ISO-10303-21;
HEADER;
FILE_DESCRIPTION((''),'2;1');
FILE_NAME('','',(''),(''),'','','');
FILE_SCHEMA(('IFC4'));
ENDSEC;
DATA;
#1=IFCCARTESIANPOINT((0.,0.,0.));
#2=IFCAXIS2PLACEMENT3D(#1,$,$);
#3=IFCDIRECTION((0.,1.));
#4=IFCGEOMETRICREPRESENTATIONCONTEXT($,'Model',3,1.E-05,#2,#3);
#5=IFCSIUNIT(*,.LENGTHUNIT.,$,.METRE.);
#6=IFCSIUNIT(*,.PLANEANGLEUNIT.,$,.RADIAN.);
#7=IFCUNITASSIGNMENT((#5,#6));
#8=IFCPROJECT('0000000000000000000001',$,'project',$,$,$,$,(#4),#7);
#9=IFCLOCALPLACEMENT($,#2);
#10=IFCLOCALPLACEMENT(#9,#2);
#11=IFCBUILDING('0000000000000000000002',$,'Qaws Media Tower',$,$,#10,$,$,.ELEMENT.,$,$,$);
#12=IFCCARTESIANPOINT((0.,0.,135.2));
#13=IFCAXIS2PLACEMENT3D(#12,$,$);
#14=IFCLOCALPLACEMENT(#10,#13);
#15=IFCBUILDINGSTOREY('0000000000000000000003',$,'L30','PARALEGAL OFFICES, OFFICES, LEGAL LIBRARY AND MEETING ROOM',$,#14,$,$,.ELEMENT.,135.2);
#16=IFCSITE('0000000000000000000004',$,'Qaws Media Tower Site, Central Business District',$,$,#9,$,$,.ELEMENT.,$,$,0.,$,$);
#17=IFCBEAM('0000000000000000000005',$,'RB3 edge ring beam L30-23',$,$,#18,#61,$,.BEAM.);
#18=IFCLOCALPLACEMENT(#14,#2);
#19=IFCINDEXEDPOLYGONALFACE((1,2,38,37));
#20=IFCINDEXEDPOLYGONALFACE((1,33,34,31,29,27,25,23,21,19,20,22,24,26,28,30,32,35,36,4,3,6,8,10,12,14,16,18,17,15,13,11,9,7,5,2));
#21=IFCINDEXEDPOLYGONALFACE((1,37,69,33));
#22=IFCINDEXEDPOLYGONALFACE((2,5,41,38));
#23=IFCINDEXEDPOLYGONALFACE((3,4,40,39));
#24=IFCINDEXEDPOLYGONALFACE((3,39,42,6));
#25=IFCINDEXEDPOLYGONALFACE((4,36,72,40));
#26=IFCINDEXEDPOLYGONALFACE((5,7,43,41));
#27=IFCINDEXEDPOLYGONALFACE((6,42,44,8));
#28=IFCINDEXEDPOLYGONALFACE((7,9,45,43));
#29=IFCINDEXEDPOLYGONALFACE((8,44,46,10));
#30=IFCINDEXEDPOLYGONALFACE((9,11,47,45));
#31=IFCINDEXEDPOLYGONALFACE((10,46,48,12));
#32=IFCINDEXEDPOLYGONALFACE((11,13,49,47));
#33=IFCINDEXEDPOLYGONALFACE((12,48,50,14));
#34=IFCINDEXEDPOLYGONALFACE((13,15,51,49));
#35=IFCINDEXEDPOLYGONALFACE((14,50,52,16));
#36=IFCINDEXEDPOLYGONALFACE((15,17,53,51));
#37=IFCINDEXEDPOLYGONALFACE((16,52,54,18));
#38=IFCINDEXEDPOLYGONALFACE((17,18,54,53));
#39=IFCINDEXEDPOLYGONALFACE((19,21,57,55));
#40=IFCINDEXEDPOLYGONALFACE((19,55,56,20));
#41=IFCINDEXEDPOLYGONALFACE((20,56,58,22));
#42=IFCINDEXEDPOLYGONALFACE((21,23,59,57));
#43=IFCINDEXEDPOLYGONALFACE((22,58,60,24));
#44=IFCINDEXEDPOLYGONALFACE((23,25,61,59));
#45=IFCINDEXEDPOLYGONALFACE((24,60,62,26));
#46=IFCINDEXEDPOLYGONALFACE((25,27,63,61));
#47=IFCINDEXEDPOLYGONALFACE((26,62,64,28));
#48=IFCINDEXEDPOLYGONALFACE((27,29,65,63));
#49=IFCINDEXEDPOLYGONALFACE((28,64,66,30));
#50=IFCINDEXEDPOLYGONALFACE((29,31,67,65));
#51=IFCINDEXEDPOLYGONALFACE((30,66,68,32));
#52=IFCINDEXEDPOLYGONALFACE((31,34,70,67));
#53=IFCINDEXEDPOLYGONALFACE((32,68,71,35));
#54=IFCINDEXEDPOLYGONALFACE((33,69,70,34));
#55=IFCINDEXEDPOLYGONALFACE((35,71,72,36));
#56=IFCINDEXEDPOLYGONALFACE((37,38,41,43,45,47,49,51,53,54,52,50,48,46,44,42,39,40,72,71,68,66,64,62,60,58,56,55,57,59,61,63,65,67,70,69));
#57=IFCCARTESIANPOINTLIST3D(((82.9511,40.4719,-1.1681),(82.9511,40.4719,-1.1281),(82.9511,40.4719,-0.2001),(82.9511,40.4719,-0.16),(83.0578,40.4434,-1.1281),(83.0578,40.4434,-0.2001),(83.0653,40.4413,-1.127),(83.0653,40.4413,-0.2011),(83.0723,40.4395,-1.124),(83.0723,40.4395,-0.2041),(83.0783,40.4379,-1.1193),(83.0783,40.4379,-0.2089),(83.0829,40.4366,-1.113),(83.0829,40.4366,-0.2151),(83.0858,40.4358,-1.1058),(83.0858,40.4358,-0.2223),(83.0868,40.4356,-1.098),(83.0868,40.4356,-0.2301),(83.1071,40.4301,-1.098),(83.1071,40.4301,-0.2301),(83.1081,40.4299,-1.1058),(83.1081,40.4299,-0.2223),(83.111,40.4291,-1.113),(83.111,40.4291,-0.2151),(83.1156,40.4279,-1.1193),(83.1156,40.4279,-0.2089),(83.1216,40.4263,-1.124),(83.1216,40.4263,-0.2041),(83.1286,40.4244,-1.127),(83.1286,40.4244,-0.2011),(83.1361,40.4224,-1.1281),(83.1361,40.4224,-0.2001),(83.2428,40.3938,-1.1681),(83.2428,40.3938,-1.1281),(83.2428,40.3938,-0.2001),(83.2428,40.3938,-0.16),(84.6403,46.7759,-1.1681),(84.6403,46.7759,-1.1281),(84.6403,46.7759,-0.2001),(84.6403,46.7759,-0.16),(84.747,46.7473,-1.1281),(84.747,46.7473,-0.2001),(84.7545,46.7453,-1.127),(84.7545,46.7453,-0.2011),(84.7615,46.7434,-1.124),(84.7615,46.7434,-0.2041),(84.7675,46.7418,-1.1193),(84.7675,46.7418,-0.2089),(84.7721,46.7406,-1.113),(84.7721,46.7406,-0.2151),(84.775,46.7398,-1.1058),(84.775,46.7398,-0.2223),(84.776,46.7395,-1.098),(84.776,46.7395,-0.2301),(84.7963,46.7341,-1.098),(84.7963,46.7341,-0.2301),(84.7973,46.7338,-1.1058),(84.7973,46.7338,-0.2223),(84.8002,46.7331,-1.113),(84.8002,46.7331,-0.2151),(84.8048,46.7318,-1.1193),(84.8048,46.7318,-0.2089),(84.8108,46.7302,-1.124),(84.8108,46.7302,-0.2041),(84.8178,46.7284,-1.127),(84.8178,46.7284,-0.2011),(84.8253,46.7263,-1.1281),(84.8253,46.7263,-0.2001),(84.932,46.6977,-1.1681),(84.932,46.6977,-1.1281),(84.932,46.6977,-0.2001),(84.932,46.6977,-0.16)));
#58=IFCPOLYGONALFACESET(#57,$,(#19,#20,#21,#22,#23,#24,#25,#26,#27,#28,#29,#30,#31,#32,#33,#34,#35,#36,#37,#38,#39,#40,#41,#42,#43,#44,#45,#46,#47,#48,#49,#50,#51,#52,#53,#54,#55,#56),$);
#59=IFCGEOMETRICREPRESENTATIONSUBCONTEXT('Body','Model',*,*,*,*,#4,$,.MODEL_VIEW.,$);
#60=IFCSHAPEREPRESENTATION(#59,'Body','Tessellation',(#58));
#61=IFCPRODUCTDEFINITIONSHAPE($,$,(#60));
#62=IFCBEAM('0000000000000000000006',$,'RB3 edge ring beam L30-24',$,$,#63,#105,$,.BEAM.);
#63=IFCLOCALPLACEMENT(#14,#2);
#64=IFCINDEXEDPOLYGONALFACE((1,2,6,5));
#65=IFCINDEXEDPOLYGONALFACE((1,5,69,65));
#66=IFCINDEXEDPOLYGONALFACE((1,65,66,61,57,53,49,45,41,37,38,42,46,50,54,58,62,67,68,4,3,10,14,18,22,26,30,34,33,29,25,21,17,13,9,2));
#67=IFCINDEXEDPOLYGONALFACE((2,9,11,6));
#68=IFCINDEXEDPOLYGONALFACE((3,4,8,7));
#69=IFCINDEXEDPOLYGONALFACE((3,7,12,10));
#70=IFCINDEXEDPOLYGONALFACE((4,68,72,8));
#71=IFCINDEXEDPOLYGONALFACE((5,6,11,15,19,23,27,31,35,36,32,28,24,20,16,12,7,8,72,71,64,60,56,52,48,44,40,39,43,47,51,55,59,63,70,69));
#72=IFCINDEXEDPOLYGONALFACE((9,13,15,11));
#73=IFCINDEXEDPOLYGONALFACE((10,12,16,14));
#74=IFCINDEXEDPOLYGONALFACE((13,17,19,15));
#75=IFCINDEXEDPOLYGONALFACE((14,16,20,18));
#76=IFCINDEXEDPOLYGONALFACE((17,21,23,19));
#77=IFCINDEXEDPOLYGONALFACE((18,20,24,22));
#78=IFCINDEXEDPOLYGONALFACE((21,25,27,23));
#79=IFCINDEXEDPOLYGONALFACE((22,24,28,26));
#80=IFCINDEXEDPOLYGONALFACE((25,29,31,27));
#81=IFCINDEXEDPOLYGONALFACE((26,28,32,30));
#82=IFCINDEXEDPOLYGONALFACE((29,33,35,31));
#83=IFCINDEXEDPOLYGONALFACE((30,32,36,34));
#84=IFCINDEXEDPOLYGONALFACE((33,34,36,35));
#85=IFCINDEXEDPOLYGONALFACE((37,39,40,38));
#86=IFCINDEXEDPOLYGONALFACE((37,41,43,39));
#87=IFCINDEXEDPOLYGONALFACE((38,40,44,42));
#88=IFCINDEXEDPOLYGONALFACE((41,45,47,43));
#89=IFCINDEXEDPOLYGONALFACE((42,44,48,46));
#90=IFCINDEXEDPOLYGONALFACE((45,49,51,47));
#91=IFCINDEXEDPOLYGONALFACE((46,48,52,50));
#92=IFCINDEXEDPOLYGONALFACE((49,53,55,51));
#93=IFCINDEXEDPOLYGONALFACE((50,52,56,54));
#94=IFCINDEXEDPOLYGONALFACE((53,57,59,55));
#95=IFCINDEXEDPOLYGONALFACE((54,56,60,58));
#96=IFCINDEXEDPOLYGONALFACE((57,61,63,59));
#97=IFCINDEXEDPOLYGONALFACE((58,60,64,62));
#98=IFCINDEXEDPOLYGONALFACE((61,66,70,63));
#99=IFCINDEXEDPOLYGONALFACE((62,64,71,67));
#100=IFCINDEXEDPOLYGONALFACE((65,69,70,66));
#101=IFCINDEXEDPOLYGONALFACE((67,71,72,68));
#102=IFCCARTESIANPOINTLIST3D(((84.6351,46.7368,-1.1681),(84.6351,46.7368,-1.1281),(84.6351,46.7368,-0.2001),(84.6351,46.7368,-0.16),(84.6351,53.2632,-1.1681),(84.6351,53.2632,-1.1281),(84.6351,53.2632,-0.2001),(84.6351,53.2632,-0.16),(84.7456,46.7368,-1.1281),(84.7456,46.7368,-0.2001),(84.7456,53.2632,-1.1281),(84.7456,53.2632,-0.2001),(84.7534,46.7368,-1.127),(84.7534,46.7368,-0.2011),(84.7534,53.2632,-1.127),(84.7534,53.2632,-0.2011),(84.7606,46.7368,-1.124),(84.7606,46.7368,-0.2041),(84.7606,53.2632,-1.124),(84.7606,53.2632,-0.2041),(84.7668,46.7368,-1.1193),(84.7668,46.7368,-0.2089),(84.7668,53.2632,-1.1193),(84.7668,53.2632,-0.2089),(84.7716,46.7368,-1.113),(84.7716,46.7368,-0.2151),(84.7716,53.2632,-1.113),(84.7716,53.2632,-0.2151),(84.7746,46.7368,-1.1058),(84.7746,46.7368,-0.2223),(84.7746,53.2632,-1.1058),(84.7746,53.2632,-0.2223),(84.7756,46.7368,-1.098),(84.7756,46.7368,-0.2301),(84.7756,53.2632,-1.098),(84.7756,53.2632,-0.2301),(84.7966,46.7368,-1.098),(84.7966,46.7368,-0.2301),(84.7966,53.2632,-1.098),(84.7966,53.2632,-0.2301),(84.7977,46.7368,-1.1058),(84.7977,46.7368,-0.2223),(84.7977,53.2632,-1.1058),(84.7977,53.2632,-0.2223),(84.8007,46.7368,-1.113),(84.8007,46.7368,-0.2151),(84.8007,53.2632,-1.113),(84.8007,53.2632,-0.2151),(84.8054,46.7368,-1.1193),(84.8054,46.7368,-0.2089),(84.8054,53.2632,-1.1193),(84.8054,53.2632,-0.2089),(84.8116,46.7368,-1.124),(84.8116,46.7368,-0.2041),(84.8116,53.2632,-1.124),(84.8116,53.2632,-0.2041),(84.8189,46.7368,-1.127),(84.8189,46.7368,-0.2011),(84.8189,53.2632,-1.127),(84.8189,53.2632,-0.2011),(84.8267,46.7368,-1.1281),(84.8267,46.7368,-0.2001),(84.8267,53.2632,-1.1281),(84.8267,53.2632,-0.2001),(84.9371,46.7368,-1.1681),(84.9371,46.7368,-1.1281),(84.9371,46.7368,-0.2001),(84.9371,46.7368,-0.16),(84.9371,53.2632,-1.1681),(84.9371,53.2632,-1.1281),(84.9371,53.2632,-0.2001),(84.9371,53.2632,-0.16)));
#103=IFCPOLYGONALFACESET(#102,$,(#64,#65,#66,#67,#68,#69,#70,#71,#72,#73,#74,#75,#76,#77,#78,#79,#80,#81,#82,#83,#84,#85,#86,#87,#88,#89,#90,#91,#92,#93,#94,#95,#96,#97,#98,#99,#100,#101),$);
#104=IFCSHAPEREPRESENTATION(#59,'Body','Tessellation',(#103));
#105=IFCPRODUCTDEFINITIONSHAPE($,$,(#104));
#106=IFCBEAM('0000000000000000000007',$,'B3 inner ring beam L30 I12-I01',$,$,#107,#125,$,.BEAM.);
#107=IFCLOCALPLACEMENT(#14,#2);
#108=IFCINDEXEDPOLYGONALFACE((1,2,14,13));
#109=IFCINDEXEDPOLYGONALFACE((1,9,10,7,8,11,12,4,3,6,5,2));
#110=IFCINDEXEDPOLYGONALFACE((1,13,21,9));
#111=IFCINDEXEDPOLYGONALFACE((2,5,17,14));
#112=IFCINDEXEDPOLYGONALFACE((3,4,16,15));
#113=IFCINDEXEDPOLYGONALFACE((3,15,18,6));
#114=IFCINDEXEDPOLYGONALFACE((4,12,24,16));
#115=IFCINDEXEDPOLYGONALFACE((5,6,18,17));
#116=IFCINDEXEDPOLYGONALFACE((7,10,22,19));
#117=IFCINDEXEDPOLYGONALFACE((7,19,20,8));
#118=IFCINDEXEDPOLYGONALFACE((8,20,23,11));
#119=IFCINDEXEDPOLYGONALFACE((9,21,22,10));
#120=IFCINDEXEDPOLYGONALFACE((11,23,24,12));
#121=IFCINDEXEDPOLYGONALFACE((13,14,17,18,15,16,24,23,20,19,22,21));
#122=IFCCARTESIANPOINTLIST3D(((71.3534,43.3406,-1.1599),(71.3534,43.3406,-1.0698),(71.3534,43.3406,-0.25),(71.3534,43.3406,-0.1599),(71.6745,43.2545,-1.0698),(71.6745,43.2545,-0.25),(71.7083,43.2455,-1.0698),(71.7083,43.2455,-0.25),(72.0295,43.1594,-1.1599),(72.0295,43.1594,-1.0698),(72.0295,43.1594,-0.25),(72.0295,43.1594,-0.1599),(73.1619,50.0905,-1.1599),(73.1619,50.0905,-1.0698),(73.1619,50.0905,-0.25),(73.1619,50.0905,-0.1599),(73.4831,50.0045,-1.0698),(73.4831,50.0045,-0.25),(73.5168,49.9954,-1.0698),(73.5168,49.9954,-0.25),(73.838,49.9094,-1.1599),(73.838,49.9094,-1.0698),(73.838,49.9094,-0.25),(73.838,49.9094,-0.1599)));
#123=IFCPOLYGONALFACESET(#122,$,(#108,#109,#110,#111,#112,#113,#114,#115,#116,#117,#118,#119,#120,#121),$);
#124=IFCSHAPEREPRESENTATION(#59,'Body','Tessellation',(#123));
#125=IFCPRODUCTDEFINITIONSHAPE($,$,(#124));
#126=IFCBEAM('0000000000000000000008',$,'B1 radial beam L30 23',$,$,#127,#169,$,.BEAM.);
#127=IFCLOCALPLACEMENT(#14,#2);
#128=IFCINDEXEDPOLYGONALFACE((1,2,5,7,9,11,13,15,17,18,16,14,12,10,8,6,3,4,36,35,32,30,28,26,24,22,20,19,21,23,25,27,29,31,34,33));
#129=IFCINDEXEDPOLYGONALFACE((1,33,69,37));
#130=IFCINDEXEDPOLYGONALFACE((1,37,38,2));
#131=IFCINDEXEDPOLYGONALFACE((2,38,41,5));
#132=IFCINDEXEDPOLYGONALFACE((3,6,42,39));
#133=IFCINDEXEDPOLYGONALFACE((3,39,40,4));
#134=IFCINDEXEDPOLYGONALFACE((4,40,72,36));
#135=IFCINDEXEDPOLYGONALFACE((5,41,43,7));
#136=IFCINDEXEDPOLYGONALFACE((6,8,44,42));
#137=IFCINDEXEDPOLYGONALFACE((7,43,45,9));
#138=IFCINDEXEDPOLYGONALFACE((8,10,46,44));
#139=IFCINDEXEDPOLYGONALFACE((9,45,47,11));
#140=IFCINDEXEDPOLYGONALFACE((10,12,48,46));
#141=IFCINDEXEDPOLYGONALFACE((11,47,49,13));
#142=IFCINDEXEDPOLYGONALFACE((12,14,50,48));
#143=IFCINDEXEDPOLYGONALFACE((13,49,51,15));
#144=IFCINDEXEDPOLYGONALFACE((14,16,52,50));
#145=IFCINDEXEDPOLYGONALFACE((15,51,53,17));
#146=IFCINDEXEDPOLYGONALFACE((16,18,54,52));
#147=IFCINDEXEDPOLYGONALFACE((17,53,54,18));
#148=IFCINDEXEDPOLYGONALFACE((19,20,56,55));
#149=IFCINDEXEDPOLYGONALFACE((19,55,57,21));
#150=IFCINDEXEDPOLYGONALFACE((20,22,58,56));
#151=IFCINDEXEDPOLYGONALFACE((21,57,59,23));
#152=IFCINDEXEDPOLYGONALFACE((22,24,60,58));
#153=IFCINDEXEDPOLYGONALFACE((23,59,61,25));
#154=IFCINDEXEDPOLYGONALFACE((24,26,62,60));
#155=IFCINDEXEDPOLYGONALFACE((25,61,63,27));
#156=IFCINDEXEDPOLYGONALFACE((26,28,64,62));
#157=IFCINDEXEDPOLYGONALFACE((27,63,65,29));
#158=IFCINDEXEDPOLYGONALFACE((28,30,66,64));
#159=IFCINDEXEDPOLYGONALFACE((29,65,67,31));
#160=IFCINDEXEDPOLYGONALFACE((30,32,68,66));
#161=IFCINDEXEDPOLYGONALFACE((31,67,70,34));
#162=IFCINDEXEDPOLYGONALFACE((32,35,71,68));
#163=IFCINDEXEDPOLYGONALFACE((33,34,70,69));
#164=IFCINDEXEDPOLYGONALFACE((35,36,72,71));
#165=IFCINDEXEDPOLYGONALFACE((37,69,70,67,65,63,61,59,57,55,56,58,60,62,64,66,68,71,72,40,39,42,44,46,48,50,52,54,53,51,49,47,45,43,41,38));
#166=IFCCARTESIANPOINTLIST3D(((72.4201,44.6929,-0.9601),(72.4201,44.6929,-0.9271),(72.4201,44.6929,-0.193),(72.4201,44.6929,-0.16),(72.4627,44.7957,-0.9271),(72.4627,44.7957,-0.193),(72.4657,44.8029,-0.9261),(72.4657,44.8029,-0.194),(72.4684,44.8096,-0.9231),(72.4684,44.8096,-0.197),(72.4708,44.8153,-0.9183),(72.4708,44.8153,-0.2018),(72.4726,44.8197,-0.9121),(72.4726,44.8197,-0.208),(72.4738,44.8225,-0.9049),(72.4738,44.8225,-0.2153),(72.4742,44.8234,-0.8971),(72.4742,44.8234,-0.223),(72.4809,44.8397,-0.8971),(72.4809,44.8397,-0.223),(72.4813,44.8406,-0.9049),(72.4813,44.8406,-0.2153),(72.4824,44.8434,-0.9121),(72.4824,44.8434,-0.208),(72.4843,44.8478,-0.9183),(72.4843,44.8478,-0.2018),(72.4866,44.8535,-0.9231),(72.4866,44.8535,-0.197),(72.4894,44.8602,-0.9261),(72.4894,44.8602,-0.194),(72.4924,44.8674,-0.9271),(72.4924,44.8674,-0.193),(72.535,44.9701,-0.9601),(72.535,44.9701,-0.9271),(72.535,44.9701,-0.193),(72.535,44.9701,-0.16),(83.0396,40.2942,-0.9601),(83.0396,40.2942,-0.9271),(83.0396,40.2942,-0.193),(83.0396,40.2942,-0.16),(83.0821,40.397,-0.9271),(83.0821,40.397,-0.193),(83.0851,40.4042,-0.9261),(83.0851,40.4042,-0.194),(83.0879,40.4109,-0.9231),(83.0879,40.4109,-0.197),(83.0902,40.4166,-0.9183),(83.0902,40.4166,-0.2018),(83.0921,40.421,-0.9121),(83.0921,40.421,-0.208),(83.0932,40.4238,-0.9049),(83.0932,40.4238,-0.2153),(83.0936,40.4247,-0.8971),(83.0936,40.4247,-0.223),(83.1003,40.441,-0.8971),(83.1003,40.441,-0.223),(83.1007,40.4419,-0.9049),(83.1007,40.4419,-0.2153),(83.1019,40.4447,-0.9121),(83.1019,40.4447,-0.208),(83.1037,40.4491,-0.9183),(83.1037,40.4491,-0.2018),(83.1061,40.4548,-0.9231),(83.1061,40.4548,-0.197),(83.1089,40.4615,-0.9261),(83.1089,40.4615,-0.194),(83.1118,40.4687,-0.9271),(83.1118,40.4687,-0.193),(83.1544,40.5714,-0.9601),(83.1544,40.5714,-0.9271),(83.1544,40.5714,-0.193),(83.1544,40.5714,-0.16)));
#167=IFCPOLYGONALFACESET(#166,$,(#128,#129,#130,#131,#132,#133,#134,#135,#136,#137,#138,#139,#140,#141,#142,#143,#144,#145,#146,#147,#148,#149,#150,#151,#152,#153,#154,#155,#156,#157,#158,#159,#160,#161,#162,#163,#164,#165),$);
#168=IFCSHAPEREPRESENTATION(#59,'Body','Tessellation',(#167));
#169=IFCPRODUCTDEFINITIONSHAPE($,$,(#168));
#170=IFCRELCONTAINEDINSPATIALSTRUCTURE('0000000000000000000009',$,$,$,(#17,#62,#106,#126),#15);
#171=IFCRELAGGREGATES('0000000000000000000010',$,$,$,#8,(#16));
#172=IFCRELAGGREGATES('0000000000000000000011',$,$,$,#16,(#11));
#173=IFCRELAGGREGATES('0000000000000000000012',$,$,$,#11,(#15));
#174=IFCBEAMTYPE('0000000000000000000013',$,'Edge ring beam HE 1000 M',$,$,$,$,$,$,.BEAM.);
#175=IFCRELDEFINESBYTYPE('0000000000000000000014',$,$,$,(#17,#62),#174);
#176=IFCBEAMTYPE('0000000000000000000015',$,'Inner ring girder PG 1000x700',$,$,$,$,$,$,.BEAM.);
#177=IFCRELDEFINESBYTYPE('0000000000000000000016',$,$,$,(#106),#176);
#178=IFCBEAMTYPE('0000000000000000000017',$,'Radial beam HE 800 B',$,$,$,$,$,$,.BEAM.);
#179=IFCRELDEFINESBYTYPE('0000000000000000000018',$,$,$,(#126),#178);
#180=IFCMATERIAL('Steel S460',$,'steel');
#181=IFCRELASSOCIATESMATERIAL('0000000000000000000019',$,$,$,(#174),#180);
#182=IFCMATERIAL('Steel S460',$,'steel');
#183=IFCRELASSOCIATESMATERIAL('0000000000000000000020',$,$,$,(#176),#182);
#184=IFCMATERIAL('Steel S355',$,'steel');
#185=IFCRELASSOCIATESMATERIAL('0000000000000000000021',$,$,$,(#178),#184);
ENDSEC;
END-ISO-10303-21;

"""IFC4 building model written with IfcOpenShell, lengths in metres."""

from ifc_helpers import new_model, si_unit, direction, frame, origin, origin_2d, place, context, subcontext, project, spatial, i_section, extrude, material, material_profile, profile_set, type_object, element, save


model = new_model("IFC4")

# Units and contexts
model_context = context("Model", 3, precision=1e-05, world=origin(), true_north=direction((0.0, 1.0)))
body_context = subcontext(model_context, "Body", "Model", "MODEL_VIEW")
ifc_project = project(units=[si_unit("LENGTHUNIT", "METRE"), si_unit("PLANEANGLEUNIT", "RADIAN")], contexts=[model_context])

# Site, building, storey
site_placement = place(None, origin())
site = spatial("IfcSite", under=ifc_project, at=site_placement, Name="Qaws Media Tower Site, Central Business District", CompositionType="ELEMENT", RefElevation=0.0)
building_placement = place(site_placement, origin())
building = spatial("IfcBuilding", under=site, at=building_placement, Name="Qaws Media Tower", CompositionType="ELEMENT")
storey_placement = place(building_placement, frame((0.0, 0.0, 135.2)))
storey = spatial("IfcBuildingStorey", under=building, at=storey_placement, Name="L30", Description="PARALEGAL OFFICES, OFFICES, LEGAL LIBRARY AND MEETING ROOM", CompositionType="ELEMENT", Elevation=135.2)

# Beams
ifc_material_1 = material(Name="Steel S460", Category="steel")
ifc_material_profile_1 = material_profile(ifc_material_1, i_section(OverallWidth=0.302, OverallDepth=1.0081, WebThickness=0.021, FlangeThickness=0.04, FilletRadius=0.03, at=origin_2d()), Name="HE 1000 M")
ifc_profile_set_1 = profile_set([ifc_material_profile_1], Name="Steel S460")
beam_type_1 = type_object("IfcBeamType", Name="Edge ring beam HE 1000 M", PredefinedType="BEAM", material=ifc_profile_set_1)
for number, where, z_axis, x_axis, name in (
    (1, (83.0969, 40.4329, -0.6641), (0.258829, 0.965923, 0.0), (-0.965923, 0.258829, 0.0), "RB3 edge ring beam L30-23"),
    (2, (84.7861, 46.7368, -0.6641), (0.0, 1.0, 0.0), (-1.0, 0.0, 0.0), "RB3 edge ring beam L30-24"),
):
    element("IfcBeam", number, at=place(storey_placement, frame(where, z_axis=z_axis, x_axis=x_axis)), inside=storey, type_object=beam_type_1, Name=name, PredefinedType="BEAM", context=body_context, shape_type="SweptSolid", body=[
        extrude(i_section(OverallWidth=0.302, OverallDepth=1.0081, WebThickness=0.021, FlangeThickness=0.04, FilletRadius=0.03, at=origin_2d()), origin(), (0.0, 0.0, 1.0), 6.5264),
    ])
ifc_material_2 = material(Name="Steel S460", Category="steel")
ifc_material_profile_2 = material_profile(ifc_material_2, i_section(OverallWidth=0.7, OverallDepth=1.0, WebThickness=0.0349, FlangeThickness=0.0901, at=origin_2d()), Name="PG 1000x700")
ifc_profile_set_2 = profile_set([ifc_material_profile_2], Name="Steel S460")
beam_type_2 = type_object("IfcBeamType", Name="Inner ring girder PG 1000x700", PredefinedType="BEAM", material=ifc_profile_set_2)
beam_1_placement = place(storey_placement, frame((71.6914, 43.25, -0.6599), z_axis=(0.258811, 0.965928, 0.0), x_axis=(-0.965928, 0.258811, 0.0)))
element("IfcBeam", 3, at=beam_1_placement, inside=storey, type_object=beam_type_2, Name="B3 inner ring beam L30 I12-I01", PredefinedType="BEAM", context=body_context, shape_type="SweptSolid", body=[
    extrude(i_section(OverallWidth=0.7, OverallDepth=1.0, WebThickness=0.0349, FlangeThickness=0.0901, at=origin_2d()), origin(), (0.0, 0.0, 1.0), 6.988),
])
ifc_material_3 = material(Name="Steel S355", Category="steel")
ifc_material_profile_3 = material_profile(ifc_material_3, i_section(OverallWidth=0.3, OverallDepth=0.8, WebThickness=0.0176, FlangeThickness=0.033, FilletRadius=0.03, at=origin_2d()), Name="HE 800 B")
ifc_profile_set_3 = profile_set([ifc_material_profile_3], Name="Steel S355")
beam_type_3 = type_object("IfcBeamType", Name="Radial beam HE 800 B", PredefinedType="BEAM", material=ifc_profile_set_3)
beam_2_placement = place(storey_placement, frame((72.4775, 44.8315, -0.5601), z_axis=(0.92388, -0.382683, 0.0), x_axis=(0.382683, 0.92388, 0.0)))
element("IfcBeam", 4, at=beam_2_placement, inside=storey, type_object=beam_type_3, Name="B1 radial beam L30 23", PredefinedType="BEAM", context=body_context, shape_type="SweptSolid", body=[
    extrude(i_section(OverallWidth=0.3, OverallDepth=0.8, WebThickness=0.0176, FlangeThickness=0.033, FilletRadius=0.03, at=origin_2d()), origin(), (0.0, 0.0, 1.0), 11.4944),
])

save(model, "model.ifc")
